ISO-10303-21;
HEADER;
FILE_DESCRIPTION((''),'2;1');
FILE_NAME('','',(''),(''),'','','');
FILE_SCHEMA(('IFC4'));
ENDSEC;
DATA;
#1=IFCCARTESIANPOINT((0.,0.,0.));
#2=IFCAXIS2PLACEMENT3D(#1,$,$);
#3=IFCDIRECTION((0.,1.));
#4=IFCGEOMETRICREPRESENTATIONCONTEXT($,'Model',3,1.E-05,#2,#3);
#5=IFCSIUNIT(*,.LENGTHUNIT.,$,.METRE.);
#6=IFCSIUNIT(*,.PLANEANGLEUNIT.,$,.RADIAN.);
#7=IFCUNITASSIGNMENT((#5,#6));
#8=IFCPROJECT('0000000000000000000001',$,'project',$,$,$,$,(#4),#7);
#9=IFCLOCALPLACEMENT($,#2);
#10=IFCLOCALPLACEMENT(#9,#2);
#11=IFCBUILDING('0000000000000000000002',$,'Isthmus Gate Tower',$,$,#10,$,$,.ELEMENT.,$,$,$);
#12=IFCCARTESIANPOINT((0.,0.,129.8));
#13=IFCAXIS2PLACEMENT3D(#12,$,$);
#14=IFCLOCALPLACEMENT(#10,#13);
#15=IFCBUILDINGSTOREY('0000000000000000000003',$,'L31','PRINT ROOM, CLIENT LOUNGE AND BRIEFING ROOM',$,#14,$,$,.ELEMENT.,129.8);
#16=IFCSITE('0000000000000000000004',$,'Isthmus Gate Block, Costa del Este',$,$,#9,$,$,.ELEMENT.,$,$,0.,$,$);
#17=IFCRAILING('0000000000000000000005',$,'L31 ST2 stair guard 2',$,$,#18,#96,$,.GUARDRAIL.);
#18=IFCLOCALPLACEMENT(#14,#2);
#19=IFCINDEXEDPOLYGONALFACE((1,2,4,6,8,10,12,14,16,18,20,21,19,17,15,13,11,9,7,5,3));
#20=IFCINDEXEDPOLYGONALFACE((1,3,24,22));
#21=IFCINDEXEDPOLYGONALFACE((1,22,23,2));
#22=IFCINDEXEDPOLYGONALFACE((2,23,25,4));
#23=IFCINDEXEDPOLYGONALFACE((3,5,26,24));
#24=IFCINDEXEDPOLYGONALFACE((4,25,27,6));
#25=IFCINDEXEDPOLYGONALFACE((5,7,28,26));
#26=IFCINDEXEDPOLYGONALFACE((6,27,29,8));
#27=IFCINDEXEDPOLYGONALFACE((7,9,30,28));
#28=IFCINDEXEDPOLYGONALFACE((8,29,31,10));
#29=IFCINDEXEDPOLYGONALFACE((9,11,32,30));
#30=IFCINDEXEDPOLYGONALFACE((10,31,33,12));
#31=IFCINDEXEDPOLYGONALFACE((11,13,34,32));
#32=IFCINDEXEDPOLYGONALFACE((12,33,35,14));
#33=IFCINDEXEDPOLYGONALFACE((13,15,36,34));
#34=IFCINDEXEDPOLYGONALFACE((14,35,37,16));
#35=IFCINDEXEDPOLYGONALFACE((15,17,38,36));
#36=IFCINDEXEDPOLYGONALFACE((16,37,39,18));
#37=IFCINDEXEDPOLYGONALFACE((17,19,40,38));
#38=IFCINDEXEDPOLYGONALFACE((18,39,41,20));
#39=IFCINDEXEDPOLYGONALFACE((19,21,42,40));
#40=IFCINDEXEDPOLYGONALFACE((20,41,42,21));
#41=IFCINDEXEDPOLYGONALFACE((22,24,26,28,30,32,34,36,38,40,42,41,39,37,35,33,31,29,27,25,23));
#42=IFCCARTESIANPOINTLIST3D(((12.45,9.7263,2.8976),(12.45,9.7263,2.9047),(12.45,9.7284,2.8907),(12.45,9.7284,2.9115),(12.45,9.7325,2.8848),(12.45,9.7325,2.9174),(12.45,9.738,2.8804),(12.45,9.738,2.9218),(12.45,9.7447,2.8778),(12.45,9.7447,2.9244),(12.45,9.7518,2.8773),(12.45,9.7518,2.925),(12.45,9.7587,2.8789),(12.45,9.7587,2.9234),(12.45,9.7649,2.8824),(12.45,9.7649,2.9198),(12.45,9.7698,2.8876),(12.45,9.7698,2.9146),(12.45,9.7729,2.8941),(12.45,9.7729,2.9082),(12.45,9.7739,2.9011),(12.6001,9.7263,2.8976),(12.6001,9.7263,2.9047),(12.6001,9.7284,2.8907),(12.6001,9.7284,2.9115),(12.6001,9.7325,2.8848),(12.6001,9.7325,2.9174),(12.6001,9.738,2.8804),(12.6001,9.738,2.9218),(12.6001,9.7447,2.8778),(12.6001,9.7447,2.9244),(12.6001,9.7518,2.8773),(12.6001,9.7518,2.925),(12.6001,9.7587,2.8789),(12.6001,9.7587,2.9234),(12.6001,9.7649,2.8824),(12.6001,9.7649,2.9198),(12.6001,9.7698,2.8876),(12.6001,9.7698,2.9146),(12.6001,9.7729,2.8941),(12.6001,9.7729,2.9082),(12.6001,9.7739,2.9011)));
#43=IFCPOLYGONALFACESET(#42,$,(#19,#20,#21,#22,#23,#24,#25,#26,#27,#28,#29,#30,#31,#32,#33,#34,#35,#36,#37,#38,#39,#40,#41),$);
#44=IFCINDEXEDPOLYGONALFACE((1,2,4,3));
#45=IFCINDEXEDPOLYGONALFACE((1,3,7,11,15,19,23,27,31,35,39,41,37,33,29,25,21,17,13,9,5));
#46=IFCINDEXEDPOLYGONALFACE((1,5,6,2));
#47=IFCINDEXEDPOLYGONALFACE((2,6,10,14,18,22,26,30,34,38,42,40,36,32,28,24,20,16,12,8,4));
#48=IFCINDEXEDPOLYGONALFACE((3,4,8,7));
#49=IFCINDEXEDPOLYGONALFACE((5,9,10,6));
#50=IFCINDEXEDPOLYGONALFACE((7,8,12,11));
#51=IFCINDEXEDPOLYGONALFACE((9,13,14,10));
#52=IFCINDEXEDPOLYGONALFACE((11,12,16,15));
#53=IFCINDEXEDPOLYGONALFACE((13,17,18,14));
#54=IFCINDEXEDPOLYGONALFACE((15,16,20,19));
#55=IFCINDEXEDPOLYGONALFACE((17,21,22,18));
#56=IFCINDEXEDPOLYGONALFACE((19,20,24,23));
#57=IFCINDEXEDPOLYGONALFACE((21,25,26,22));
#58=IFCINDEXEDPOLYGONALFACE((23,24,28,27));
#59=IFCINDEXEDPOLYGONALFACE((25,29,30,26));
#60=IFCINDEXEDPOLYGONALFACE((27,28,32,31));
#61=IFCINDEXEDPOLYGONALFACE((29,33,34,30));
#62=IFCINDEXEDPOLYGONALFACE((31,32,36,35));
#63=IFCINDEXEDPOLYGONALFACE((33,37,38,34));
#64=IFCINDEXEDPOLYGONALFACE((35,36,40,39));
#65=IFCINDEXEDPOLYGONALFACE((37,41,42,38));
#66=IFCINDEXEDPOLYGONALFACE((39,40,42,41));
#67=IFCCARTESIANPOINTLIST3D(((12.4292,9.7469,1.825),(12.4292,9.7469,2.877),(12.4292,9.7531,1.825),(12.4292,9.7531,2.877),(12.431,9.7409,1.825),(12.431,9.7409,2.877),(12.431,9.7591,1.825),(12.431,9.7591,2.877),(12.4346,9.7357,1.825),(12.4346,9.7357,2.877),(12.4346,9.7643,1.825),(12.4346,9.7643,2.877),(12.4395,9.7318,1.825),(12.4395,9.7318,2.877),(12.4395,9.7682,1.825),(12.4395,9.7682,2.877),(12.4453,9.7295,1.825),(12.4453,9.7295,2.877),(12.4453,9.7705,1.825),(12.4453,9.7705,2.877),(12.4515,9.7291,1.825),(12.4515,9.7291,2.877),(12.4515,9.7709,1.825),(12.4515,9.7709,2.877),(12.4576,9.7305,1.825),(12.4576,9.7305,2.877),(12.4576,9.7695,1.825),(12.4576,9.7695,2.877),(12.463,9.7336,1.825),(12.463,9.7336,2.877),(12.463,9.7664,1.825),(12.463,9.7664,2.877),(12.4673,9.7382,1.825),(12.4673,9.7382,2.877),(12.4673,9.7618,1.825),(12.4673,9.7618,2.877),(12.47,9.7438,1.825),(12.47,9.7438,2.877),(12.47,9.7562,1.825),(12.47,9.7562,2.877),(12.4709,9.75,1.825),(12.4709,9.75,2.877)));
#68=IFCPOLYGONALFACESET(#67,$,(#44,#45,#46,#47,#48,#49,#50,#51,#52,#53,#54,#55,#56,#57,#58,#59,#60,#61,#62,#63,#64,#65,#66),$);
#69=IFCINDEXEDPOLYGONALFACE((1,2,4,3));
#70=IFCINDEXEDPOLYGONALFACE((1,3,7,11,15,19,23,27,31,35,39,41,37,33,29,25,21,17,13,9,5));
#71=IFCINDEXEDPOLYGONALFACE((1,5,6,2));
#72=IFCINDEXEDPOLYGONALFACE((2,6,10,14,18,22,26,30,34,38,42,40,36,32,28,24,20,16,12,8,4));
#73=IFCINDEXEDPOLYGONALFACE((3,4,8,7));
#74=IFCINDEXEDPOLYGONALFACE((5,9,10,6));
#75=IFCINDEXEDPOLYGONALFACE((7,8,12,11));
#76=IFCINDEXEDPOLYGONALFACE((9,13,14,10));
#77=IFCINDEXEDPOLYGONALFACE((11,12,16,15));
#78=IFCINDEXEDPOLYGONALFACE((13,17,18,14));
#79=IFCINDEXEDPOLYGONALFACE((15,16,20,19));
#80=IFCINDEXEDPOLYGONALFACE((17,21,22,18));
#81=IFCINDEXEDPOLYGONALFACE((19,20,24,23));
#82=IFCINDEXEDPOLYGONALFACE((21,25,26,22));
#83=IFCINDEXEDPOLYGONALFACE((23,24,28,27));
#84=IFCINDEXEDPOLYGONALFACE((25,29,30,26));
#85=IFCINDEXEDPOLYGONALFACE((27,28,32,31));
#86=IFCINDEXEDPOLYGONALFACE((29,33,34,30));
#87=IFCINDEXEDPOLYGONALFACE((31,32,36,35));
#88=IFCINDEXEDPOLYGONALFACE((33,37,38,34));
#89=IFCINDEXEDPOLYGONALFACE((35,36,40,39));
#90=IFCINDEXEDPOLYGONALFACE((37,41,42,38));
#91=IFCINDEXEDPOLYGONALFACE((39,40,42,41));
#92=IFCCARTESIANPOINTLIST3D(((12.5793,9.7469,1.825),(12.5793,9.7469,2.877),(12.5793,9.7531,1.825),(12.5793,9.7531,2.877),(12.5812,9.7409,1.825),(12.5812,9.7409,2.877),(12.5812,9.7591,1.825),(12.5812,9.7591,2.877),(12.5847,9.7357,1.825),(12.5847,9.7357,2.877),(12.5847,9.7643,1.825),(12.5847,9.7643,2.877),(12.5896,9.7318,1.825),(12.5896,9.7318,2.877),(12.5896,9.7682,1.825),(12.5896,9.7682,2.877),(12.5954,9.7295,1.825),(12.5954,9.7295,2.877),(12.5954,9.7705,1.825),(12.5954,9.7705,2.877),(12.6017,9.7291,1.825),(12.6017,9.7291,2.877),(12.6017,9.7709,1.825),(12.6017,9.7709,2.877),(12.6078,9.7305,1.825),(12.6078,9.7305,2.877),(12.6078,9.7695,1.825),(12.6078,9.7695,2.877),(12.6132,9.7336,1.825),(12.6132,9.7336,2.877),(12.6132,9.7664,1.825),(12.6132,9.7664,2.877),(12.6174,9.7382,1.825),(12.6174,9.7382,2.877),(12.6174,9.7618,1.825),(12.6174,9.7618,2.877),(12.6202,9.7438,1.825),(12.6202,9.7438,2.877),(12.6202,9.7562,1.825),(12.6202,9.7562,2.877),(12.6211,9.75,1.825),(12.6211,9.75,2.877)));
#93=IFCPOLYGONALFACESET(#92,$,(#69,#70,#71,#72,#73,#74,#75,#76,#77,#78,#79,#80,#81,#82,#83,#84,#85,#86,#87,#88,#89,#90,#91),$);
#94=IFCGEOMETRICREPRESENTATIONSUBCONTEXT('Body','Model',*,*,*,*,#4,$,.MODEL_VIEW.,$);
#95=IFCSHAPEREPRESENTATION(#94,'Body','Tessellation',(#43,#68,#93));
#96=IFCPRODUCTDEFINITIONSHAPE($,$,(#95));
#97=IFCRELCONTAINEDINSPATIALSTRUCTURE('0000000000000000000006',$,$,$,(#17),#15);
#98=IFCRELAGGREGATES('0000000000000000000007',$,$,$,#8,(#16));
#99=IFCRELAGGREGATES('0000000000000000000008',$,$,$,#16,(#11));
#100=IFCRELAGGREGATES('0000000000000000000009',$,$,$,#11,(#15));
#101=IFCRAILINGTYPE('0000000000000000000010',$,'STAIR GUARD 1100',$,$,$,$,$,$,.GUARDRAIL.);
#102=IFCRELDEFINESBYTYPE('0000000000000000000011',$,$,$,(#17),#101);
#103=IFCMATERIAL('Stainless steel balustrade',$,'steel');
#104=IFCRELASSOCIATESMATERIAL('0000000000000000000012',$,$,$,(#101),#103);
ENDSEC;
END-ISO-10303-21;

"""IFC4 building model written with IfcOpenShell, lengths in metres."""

from ifc_helpers import new_model, si_unit, direction, frame, origin, origin_2d, place, context, subcontext, project, spatial, circle, extrude, material, type_object, element, save


model = new_model("IFC4")

# Units and contexts
model_context = context("Model", 3, precision=1e-05, world=origin(), true_north=direction((0.0, 1.0)))
body_context = subcontext(model_context, "Body", "Model", "MODEL_VIEW")
ifc_project = project(units=[si_unit("LENGTHUNIT", "METRE"), si_unit("PLANEANGLEUNIT", "RADIAN")], contexts=[model_context])

# Site, building, storey
site_placement = place(None, origin())
site = spatial("IfcSite", under=ifc_project, at=site_placement, Name="Isthmus Gate Block, Costa del Este", CompositionType="ELEMENT", RefElevation=0.0)
building_placement = place(site_placement, origin())
building = spatial("IfcBuilding", under=site, at=building_placement, Name="Isthmus Gate Tower", CompositionType="ELEMENT")
storey_placement = place(building_placement, frame((0.0, 0.0, 129.8)))
storey = spatial("IfcBuildingStorey", under=building, at=storey_placement, Name="L31", Description="PRINT ROOM, CLIENT LOUNGE AND BRIEFING ROOM", CompositionType="ELEMENT", Elevation=129.8)

# Railing
ifc_material_1 = material(Name="Stainless steel balustrade", Category="steel")
railing_type_1 = type_object("IfcRailingType", Name="STAIR GUARD 1100", PredefinedType="GUARDRAIL", material=ifc_material_1)
railing_1_placement = place(storey_placement, frame((12.45, 9.75, 1.825)))
element("IfcRailing", 1, at=railing_1_placement, inside=storey, type_object=railing_type_1, Name="L31 ST2 stair guard 2", PredefinedType="GUARDRAIL", context=body_context, shape_type="SweptSolid", body=[
    extrude(circle(Radius=0.0239, at=origin_2d()), frame((0.0, 0.0, 1.0762), z_axis=(1.0, 0.0, 0.0), x_axis=(0.0, 1.0, 0.0)), (0.0, 0.0, 1.0), 0.1501),
    extrude(circle(Radius=0.021, at=origin_2d()), origin(), (0.0, 0.0, 1.0), 1.052),
    extrude(circle(Radius=0.021, at=origin_2d()), frame((0.1501, 0.0, 0.0)), (0.0, 0.0, 1.0), 1.052),
])

save(model, "model.ifc")
